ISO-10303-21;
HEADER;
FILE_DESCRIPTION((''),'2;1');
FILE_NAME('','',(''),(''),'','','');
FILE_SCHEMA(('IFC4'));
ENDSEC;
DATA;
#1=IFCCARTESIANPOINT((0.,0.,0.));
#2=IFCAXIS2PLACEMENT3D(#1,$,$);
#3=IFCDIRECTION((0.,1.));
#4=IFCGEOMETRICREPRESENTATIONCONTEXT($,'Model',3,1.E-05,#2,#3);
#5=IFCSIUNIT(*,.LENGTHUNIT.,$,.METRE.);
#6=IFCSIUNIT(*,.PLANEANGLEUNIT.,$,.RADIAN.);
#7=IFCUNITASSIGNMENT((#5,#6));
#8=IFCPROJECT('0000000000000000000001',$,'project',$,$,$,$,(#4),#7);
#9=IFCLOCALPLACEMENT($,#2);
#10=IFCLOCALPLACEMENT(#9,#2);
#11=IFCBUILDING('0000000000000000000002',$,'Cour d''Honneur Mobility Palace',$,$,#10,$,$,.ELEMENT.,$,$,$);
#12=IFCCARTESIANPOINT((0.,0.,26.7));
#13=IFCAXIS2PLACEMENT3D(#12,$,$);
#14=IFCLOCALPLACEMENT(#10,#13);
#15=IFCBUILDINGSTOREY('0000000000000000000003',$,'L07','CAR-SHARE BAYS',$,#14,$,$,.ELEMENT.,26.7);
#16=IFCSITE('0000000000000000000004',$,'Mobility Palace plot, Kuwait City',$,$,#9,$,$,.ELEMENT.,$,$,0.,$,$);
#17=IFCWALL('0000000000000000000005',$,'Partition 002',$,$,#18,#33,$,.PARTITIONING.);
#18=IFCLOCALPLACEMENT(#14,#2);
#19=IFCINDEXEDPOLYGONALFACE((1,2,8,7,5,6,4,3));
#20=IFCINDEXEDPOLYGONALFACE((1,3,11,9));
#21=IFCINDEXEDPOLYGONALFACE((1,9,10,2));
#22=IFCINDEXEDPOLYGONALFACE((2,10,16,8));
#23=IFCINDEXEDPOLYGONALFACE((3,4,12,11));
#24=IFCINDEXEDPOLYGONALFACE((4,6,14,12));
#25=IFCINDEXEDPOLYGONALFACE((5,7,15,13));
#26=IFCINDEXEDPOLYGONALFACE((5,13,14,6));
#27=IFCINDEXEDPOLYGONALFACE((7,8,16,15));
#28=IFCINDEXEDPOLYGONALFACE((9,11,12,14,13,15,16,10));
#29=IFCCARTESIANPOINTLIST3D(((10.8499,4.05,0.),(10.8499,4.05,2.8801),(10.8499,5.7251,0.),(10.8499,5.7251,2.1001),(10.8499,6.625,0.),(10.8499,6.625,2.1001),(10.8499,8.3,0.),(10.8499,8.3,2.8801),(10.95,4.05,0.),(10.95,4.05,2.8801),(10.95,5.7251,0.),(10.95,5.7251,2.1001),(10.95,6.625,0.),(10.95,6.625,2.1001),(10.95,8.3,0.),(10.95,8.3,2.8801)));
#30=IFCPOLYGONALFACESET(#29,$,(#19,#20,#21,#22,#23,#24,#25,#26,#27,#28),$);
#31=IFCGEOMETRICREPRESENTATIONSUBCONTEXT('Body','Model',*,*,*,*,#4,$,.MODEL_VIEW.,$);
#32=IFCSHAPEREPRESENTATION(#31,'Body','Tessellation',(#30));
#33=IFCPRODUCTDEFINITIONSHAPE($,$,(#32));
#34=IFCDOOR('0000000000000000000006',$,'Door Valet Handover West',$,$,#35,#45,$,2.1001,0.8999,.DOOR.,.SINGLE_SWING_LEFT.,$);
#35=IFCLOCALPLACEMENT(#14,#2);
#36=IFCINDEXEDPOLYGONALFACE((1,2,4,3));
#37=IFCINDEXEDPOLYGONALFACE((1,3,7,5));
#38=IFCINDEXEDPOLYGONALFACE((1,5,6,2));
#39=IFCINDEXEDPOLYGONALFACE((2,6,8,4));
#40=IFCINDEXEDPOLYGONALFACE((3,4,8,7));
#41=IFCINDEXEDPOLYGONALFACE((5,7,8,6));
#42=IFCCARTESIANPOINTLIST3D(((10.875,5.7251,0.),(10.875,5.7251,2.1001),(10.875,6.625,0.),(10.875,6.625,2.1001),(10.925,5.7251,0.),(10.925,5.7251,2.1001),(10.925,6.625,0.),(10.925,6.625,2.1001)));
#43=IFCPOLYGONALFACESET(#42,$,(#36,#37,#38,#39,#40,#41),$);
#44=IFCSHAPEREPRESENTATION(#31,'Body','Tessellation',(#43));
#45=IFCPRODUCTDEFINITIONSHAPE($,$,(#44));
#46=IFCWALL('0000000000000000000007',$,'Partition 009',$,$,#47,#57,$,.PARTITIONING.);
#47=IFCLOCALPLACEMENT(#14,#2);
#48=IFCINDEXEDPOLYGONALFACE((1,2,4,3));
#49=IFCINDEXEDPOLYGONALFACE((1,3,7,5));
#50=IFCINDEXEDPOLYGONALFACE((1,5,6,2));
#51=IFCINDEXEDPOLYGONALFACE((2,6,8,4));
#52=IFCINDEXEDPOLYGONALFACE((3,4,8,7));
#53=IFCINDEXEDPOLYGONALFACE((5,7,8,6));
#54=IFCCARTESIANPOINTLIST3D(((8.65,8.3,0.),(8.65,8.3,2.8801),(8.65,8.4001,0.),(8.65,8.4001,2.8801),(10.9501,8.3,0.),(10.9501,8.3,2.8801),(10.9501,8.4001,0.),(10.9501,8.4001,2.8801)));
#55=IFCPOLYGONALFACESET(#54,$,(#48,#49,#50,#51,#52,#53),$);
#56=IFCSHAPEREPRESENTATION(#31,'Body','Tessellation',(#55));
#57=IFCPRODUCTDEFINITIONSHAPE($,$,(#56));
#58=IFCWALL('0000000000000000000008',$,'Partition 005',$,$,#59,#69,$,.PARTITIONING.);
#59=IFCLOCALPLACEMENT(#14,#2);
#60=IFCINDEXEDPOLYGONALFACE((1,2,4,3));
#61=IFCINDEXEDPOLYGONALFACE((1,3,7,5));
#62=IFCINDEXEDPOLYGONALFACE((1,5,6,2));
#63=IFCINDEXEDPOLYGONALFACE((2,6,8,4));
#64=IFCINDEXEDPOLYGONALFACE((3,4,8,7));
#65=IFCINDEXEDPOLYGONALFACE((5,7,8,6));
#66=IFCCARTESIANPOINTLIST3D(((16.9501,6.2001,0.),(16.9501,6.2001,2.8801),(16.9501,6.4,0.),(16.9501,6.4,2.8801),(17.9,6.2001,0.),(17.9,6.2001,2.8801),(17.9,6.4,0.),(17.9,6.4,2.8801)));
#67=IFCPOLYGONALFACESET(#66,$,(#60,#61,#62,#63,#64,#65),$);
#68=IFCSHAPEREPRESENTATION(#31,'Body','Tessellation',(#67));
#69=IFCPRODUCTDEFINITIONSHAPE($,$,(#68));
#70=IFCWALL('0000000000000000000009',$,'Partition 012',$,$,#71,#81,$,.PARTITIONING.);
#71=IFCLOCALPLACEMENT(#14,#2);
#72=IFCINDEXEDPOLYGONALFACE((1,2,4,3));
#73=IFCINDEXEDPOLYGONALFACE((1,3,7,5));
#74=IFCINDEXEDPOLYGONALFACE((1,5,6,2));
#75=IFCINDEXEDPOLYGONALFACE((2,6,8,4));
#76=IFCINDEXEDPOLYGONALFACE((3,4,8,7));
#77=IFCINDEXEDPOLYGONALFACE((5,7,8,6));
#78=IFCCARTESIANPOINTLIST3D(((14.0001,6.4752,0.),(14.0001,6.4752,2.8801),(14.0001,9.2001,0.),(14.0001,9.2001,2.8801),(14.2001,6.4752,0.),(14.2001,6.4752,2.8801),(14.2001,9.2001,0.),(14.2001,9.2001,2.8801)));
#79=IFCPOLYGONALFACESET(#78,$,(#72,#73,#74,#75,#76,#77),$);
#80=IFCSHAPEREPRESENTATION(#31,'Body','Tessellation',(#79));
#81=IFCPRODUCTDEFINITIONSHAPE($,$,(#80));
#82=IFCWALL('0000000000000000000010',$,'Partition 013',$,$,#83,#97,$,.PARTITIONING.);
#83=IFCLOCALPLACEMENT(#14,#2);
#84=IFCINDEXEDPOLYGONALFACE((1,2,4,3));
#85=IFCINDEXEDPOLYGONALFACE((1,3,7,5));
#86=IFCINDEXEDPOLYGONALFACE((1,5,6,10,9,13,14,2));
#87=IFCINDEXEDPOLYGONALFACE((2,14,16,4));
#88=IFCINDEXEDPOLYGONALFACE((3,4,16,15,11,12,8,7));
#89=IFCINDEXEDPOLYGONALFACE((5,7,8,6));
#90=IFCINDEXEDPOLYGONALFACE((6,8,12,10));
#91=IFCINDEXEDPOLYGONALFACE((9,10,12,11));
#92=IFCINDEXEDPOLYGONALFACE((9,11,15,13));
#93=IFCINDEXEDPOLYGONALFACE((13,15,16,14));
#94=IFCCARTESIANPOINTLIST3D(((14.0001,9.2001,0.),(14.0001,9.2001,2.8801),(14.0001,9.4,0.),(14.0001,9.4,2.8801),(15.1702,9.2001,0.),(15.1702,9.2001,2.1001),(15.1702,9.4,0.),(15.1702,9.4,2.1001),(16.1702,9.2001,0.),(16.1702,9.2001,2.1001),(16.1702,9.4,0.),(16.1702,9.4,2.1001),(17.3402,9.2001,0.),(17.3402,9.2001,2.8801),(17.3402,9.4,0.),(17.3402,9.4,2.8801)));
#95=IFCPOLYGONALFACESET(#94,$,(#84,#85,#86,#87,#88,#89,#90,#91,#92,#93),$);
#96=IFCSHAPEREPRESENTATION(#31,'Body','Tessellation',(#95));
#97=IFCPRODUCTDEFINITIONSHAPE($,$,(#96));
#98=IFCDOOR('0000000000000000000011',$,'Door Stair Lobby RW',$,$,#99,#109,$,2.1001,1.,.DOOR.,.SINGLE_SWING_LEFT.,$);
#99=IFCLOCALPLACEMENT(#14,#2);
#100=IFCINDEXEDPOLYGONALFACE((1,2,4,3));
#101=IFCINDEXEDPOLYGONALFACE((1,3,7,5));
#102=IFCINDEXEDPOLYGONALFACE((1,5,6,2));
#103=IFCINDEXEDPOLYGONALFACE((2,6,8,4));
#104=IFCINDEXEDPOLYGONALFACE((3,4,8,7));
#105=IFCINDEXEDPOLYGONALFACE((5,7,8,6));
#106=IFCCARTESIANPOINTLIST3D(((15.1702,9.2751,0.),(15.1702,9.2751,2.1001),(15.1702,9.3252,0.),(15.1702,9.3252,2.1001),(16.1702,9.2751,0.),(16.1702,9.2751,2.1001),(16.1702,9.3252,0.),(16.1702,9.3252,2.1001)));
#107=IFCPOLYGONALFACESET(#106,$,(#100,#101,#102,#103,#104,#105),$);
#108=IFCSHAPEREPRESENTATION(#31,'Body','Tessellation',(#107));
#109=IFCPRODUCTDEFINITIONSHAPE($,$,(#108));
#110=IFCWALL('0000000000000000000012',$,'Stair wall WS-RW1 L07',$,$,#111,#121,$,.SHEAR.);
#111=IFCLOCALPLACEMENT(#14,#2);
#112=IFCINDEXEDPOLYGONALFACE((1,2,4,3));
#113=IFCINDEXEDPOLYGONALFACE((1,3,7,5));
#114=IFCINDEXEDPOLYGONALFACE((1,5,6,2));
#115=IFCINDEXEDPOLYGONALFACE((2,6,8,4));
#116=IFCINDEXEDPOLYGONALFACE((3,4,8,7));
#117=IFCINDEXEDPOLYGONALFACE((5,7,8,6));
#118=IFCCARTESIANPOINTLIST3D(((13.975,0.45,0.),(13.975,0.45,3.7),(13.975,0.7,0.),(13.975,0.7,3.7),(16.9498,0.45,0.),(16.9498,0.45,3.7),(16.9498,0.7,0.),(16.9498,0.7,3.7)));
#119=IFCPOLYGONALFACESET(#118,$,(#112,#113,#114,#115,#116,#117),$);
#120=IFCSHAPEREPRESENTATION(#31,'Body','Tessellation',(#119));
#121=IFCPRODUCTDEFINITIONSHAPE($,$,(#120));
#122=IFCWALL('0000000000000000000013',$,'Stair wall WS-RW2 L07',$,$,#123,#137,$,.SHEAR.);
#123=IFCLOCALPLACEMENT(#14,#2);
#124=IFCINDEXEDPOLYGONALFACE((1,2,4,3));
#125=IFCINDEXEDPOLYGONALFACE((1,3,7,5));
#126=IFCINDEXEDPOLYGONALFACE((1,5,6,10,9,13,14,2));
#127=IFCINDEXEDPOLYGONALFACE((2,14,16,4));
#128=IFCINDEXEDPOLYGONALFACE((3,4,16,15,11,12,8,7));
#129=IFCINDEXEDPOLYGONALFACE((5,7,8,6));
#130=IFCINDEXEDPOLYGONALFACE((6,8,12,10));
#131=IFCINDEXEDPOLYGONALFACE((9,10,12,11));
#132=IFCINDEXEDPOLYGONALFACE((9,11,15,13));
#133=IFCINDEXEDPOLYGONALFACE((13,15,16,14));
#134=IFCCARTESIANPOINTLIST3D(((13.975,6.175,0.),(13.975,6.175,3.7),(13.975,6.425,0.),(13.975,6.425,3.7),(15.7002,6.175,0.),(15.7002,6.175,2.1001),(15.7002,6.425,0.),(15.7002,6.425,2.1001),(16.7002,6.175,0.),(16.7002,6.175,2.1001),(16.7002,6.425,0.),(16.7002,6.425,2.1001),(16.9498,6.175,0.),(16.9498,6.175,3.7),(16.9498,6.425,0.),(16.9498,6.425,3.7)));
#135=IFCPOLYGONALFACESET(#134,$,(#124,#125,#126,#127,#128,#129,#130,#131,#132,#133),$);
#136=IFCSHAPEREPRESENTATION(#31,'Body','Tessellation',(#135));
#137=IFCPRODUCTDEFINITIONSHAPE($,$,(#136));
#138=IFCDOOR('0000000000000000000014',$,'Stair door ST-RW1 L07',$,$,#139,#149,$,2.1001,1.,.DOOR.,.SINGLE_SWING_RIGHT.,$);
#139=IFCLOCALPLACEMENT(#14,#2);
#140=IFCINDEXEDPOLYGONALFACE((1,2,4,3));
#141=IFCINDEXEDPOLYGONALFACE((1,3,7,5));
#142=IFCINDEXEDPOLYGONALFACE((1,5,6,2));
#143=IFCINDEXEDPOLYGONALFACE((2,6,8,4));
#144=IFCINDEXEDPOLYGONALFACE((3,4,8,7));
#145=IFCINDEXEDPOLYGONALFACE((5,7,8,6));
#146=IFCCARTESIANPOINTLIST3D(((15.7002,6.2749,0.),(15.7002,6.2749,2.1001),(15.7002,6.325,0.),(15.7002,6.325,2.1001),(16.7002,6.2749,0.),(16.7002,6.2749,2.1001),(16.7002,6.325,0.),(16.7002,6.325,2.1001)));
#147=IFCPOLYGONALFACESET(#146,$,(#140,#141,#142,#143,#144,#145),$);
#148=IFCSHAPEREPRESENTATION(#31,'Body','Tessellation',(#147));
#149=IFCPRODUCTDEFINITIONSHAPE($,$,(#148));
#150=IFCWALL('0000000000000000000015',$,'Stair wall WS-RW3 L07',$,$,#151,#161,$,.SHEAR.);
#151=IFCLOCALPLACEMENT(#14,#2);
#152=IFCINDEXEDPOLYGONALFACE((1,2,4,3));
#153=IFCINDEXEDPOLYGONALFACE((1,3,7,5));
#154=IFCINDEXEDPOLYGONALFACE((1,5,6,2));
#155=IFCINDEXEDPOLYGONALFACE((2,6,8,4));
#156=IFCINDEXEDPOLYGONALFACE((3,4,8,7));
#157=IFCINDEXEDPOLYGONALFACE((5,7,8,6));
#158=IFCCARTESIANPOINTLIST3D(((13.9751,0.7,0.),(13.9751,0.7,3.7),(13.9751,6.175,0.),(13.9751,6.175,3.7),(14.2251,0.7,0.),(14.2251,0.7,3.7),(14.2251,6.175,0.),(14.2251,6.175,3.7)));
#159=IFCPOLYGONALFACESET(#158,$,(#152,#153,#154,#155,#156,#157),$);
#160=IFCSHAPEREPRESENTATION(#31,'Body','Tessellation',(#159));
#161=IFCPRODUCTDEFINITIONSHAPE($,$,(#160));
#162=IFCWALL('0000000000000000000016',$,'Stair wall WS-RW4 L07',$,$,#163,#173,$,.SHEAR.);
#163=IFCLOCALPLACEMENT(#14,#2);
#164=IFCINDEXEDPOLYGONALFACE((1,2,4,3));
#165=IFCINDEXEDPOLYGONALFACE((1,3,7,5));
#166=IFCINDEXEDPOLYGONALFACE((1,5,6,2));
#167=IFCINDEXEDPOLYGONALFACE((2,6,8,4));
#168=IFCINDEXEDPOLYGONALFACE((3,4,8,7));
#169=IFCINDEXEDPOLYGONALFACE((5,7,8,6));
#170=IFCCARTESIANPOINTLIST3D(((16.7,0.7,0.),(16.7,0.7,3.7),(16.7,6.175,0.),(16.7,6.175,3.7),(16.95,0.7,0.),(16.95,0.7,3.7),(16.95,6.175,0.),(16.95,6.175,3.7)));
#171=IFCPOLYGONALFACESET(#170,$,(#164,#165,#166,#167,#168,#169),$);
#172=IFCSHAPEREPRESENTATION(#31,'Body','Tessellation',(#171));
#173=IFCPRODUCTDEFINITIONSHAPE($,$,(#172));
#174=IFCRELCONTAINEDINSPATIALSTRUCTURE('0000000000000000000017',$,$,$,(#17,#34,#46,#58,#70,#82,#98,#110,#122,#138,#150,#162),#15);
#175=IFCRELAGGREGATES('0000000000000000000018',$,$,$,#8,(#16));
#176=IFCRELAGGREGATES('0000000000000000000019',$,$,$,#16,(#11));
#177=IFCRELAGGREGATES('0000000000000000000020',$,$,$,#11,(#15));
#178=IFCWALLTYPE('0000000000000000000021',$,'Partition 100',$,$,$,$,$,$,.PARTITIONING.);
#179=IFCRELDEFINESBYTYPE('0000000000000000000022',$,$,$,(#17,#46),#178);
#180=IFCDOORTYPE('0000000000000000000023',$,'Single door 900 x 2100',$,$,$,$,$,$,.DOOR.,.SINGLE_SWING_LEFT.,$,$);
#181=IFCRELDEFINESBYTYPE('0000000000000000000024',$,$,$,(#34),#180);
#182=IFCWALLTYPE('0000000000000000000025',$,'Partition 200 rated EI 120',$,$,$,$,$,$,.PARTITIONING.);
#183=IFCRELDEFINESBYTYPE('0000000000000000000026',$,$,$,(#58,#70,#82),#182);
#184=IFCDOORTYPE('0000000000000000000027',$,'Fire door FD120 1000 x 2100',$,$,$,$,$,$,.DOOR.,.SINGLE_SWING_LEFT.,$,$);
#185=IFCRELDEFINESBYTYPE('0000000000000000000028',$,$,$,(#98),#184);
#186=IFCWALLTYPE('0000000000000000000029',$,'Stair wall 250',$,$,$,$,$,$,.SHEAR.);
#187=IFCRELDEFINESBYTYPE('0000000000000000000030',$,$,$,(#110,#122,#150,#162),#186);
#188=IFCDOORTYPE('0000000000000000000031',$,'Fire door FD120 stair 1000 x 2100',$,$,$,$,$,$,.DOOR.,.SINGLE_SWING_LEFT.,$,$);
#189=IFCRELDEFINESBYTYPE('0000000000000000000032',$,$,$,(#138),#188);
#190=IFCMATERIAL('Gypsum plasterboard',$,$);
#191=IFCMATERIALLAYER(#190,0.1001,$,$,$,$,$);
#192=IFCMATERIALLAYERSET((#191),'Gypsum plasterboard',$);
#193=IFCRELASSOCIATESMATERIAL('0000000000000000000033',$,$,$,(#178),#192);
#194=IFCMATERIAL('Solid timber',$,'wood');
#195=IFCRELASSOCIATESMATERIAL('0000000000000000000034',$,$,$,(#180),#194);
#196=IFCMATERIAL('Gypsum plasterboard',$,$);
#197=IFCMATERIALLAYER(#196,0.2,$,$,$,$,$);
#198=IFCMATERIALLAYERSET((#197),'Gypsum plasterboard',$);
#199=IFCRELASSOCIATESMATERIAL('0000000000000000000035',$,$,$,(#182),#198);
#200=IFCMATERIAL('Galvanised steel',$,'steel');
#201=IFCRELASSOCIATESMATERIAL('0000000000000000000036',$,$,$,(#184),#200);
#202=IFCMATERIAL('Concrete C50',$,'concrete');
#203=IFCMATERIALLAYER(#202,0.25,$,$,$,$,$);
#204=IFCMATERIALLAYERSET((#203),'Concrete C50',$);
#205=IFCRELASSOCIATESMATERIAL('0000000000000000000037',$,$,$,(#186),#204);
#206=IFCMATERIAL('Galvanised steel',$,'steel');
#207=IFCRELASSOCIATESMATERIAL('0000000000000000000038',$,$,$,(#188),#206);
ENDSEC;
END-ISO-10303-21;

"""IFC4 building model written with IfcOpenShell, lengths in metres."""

from ifc_helpers import new_model, si_unit, direction, frame, frame_2d, origin, place, context, subcontext, project, spatial, rectangle, extrude, material, layer, layer_set, type_object, element, fill, save


model = new_model("IFC4")

# Units and contexts
model_context = context("Model", 3, precision=1e-05, world=origin(), true_north=direction((0.0, 1.0)))
body_context = subcontext(model_context, "Body", "Model", "MODEL_VIEW")
ifc_project = project(units=[si_unit("LENGTHUNIT", "METRE"), si_unit("PLANEANGLEUNIT", "RADIAN")], contexts=[model_context])

# Site, building, storey
site_placement = place(None, origin())
site = spatial("IfcSite", under=ifc_project, at=site_placement, Name="Mobility Palace plot, Kuwait City", CompositionType="ELEMENT", RefElevation=0.0)
building_placement = place(site_placement, origin())
building = spatial("IfcBuilding", under=site, at=building_placement, Name="Cour d'Honneur Mobility Palace", CompositionType="ELEMENT")
storey_placement = place(building_placement, frame((0.0, 0.0, 26.7)))
storey = spatial("IfcBuildingStorey", under=building, at=storey_placement, Name="L07", Description="CAR-SHARE BAYS", CompositionType="ELEMENT", Elevation=26.7)

# Wall, opening, door
ifc_material_1 = material(Name="Gypsum plasterboard")
ifc_layer_1 = layer(ifc_material_1, 0.1001)
ifc_layer_set_1 = layer_set([ifc_layer_1], Name="Gypsum plasterboard")
wall_type_1 = type_object("IfcWallType", Name="Partition 100", PredefinedType="PARTITIONING", material=ifc_layer_set_1)
wall_1_placement = place(storey_placement, frame((10.8999, 4.05, 0.0), z_axis=(0.0, 0.0, 1.0), x_axis=(0.0, 1.0, 0.0)))
wall_1 = element("IfcWall", 1, at=wall_1_placement, inside=storey, type_object=wall_type_1, Name="Partition 002", PredefinedType="PARTITIONING", context=body_context, shape_type="SweptSolid", body=[
    extrude(rectangle(XDim=4.25, YDim=0.1001, at=frame_2d((2.125, 0.0))), origin(), (0.0, 0.0, 1.0), 2.8801),
])
opening_1_placement = place(wall_1_placement, frame((1.675, 0.0, 0.0)))
opening_1 = element("IfcOpeningElement", 2, at=opening_1_placement, cuts=wall_1, PredefinedType="OPENING", context=body_context, shape_type="SweptSolid", body=[
    extrude(rectangle(XDim=0.8999, YDim=2.1001, at=frame_2d((0.45, 1.05))), frame((0.0, 0.0601, 0.0), z_axis=(0.0, -1.0, 0.0), x_axis=(1.0, 0.0, 0.0)), (0.0, 0.0, 1.0), 0.1201),
])
ifc_material_2 = material(Name="Solid timber", Category="wood")
door_type_1 = type_object("IfcDoorType", Name="Single door 900 x 2100", OperationType="SINGLE_SWING_LEFT", PredefinedType="DOOR", material=ifc_material_2)
door_1_placement = place(opening_1_placement, origin())
door_1 = element("IfcDoor", 3, at=door_1_placement, inside=storey, type_object=door_type_1, Name="Door Valet Handover West", OperationType="SINGLE_SWING_LEFT", OverallHeight=2.1001, OverallWidth=0.8999, PredefinedType="DOOR", context=body_context, shape_type="SweptSolid", body=[
    extrude(rectangle(XDim=0.8999, YDim=2.1001, at=frame_2d((0.45, 1.05))), frame((0.0, 0.0249, 0.0), z_axis=(0.0, -1.0, 0.0), x_axis=(1.0, 0.0, 0.0)), (0.0, 0.0, 1.0), 0.05),
])
fill(opening_1, door_1)

# Walls
wall_2_placement = place(storey_placement, frame((10.95, 8.3501, 0.0), z_axis=(0.0, 0.0, 1.0), x_axis=(-1.0, 0.0, 0.0)))
element("IfcWall", 4, at=wall_2_placement, inside=storey, type_object=wall_type_1, Name="Partition 009", PredefinedType="PARTITIONING", context=body_context, shape_type="SweptSolid", body=[
    extrude(rectangle(XDim=2.3, YDim=0.1001, at=frame_2d((1.1499, 0.0))), origin(), (0.0, 0.0, 1.0), 2.8801),
])
ifc_material_3 = material(Name="Gypsum plasterboard")
ifc_layer_2 = layer(ifc_material_3, 0.2)
ifc_layer_set_2 = layer_set([ifc_layer_2], Name="Gypsum plasterboard")
wall_type_2 = type_object("IfcWallType", Name="Partition 200 rated EI 120", PredefinedType="PARTITIONING", material=ifc_layer_set_2)
wall_3_placement = place(storey_placement, frame((16.95, 6.3, 0.0), z_axis=(0.0, 0.0, 1.0), x_axis=(1.0, 0.0, 0.0)))
element("IfcWall", 5, at=wall_3_placement, inside=storey, type_object=wall_type_2, Name="Partition 005", PredefinedType="PARTITIONING", context=body_context, shape_type="SweptSolid", body=[
    extrude(rectangle(XDim=0.95, YDim=0.2, at=frame_2d((0.4751, 0.0))), origin(), (0.0, 0.0, 1.0), 2.8801),
])
wall_4_placement = place(storey_placement, frame((14.1001, 9.2, 0.0), z_axis=(0.0, 0.0, 1.0), x_axis=(0.0, -1.0, 0.0)))
element("IfcWall", 6, at=wall_4_placement, inside=storey, type_object=wall_type_2, Name="Partition 012", PredefinedType="PARTITIONING", context=body_context, shape_type="SweptSolid", body=[
    extrude(rectangle(XDim=2.7249, YDim=0.2, at=frame_2d((1.3623, 0.0))), origin(), (0.0, 0.0, 1.0), 2.8801),
])

# Wall, opening, door
wall_5_placement = place(storey_placement, frame((17.3401, 9.3, 0.0), z_axis=(0.0, 0.0, 1.0), x_axis=(-1.0, 0.0, 0.0)))
wall_5 = element("IfcWall", 7, at=wall_5_placement, inside=storey, type_object=wall_type_2, Name="Partition 013", PredefinedType="PARTITIONING", context=body_context, shape_type="SweptSolid", body=[
    extrude(rectangle(XDim=3.3401, YDim=0.2, at=frame_2d((1.6699, 0.0))), origin(), (0.0, 0.0, 1.0), 2.8801),
])
opening_2_placement = place(wall_5_placement, frame((1.1699, 0.0, 0.0)))
opening_2 = element("IfcOpeningElement", 8, at=opening_2_placement, cuts=wall_5, PredefinedType="OPENING", context=body_context, shape_type="SweptSolid", body=[
    extrude(rectangle(XDim=1.0, YDim=2.1001, at=frame_2d((0.5, 1.05))), frame((0.0, 0.1099, 0.0), z_axis=(0.0, -1.0, 0.0), x_axis=(1.0, 0.0, 0.0)), (0.0, 0.0, 1.0), 0.22),
])
ifc_material_4 = material(Name="Galvanised steel", Category="steel")
door_type_2 = type_object("IfcDoorType", Name="Fire door FD120 1000 x 2100", OperationType="SINGLE_SWING_LEFT", PredefinedType="DOOR", material=ifc_material_4)
door_2_placement = place(opening_2_placement, origin())
door_2 = element("IfcDoor", 9, at=door_2_placement, inside=storey, type_object=door_type_2, Name="Door Stair Lobby RW", OperationType="SINGLE_SWING_LEFT", OverallHeight=2.1001, OverallWidth=1.0, PredefinedType="DOOR", context=body_context, shape_type="SweptSolid", body=[
    extrude(rectangle(XDim=1.0, YDim=2.1001, at=frame_2d((0.5, 1.05))), frame((0.0, 0.0249, 0.0), z_axis=(0.0, -1.0, 0.0), x_axis=(1.0, 0.0, 0.0)), (0.0, 0.0, 1.0), 0.05),
])
fill(opening_2, door_2)

# Wall
ifc_material_5 = material(Name="Concrete C50", Category="concrete")
ifc_layer_3 = layer(ifc_material_5, 0.25)
ifc_layer_set_3 = layer_set([ifc_layer_3], Name="Concrete C50")
wall_type_3 = type_object("IfcWallType", Name="Stair wall 250", PredefinedType="SHEAR", material=ifc_layer_set_3)
wall_6_placement = place(storey_placement, frame((13.9751, 0.575, 0.0), z_axis=(0.0, 0.0, 1.0), x_axis=(1.0, 0.0, 0.0)))
element("IfcWall", 10, at=wall_6_placement, inside=storey, type_object=wall_type_3, Name="Stair wall WS-RW1 L07", PredefinedType="SHEAR", context=body_context, shape_type="SweptSolid", body=[
    extrude(rectangle(XDim=2.9749, YDim=0.25, at=frame_2d((1.4873, 0.0))), origin(), (0.0, 0.0, 1.0), 3.7),
])

# Wall, opening, door
wall_7_placement = place(storey_placement, frame((13.9751, 6.3, 0.0), z_axis=(0.0, 0.0, 1.0), x_axis=(1.0, 0.0, 0.0)))
wall_7 = element("IfcWall", 11, at=wall_7_placement, inside=storey, type_object=wall_type_3, Name="Stair wall WS-RW2 L07", PredefinedType="SHEAR", context=body_context, shape_type="SweptSolid", body=[
    extrude(rectangle(XDim=2.9749, YDim=0.25, at=frame_2d((1.4873, 0.0))), origin(), (0.0, 0.0, 1.0), 3.7),
])
opening_3_placement = place(wall_7_placement, frame((1.7251, 0.0, 0.0)))
opening_3 = element("IfcOpeningElement", 12, at=opening_3_placement, cuts=wall_7, PredefinedType="OPENING", context=body_context, shape_type="SweptSolid", body=[
    extrude(rectangle(XDim=1.0, YDim=2.1001, at=frame_2d((0.5, 1.05))), frame((0.0, 0.135, 0.0), z_axis=(0.0, -1.0, 0.0), x_axis=(1.0, 0.0, 0.0)), (0.0, 0.0, 1.0), 0.27),
])
ifc_material_6 = material(Name="Galvanised steel", Category="steel")
door_type_3 = type_object("IfcDoorType", Name="Fire door FD120 stair 1000 x 2100", OperationType="SINGLE_SWING_LEFT", PredefinedType="DOOR", material=ifc_material_6)
door_3_placement = place(opening_3_placement, origin())
door_3 = element("IfcDoor", 13, at=door_3_placement, inside=storey, type_object=door_type_3, Name="Stair door ST-RW1 L07", OperationType="SINGLE_SWING_RIGHT", OverallHeight=2.1001, OverallWidth=1.0, PredefinedType="DOOR", context=body_context, shape_type="SweptSolid", body=[
    extrude(rectangle(XDim=1.0, YDim=2.1001, at=frame_2d((0.5, 1.05))), frame((0.0, 0.0249, 0.0), z_axis=(0.0, -1.0, 0.0), x_axis=(1.0, 0.0, 0.0)), (0.0, 0.0, 1.0), 0.05),
])
fill(opening_3, door_3)

# Walls
for number, where, z_axis, x_axis, name in (
    (14, (14.1001, 0.7, 0.0), (0.0, 0.0, 1.0), (0.0, 1.0, 0.0), "Stair wall WS-RW3 L07"),
    (15, (16.825, 0.7, 0.0), (0.0, 0.0, 1.0), (0.0, 1.0, 0.0), "Stair wall WS-RW4 L07"),
):
    element("IfcWall", number, at=place(storey_placement, frame(where, z_axis=z_axis, x_axis=x_axis)), inside=storey, type_object=wall_type_3, Name=name, PredefinedType="SHEAR", context=body_context, shape_type="SweptSolid", body=[
        extrude(rectangle(XDim=5.4751, YDim=0.25, at=frame_2d((2.7375, 0.0))), origin(), (0.0, 0.0, 1.0), 3.7),
    ])

save(model, "model.ifc")
